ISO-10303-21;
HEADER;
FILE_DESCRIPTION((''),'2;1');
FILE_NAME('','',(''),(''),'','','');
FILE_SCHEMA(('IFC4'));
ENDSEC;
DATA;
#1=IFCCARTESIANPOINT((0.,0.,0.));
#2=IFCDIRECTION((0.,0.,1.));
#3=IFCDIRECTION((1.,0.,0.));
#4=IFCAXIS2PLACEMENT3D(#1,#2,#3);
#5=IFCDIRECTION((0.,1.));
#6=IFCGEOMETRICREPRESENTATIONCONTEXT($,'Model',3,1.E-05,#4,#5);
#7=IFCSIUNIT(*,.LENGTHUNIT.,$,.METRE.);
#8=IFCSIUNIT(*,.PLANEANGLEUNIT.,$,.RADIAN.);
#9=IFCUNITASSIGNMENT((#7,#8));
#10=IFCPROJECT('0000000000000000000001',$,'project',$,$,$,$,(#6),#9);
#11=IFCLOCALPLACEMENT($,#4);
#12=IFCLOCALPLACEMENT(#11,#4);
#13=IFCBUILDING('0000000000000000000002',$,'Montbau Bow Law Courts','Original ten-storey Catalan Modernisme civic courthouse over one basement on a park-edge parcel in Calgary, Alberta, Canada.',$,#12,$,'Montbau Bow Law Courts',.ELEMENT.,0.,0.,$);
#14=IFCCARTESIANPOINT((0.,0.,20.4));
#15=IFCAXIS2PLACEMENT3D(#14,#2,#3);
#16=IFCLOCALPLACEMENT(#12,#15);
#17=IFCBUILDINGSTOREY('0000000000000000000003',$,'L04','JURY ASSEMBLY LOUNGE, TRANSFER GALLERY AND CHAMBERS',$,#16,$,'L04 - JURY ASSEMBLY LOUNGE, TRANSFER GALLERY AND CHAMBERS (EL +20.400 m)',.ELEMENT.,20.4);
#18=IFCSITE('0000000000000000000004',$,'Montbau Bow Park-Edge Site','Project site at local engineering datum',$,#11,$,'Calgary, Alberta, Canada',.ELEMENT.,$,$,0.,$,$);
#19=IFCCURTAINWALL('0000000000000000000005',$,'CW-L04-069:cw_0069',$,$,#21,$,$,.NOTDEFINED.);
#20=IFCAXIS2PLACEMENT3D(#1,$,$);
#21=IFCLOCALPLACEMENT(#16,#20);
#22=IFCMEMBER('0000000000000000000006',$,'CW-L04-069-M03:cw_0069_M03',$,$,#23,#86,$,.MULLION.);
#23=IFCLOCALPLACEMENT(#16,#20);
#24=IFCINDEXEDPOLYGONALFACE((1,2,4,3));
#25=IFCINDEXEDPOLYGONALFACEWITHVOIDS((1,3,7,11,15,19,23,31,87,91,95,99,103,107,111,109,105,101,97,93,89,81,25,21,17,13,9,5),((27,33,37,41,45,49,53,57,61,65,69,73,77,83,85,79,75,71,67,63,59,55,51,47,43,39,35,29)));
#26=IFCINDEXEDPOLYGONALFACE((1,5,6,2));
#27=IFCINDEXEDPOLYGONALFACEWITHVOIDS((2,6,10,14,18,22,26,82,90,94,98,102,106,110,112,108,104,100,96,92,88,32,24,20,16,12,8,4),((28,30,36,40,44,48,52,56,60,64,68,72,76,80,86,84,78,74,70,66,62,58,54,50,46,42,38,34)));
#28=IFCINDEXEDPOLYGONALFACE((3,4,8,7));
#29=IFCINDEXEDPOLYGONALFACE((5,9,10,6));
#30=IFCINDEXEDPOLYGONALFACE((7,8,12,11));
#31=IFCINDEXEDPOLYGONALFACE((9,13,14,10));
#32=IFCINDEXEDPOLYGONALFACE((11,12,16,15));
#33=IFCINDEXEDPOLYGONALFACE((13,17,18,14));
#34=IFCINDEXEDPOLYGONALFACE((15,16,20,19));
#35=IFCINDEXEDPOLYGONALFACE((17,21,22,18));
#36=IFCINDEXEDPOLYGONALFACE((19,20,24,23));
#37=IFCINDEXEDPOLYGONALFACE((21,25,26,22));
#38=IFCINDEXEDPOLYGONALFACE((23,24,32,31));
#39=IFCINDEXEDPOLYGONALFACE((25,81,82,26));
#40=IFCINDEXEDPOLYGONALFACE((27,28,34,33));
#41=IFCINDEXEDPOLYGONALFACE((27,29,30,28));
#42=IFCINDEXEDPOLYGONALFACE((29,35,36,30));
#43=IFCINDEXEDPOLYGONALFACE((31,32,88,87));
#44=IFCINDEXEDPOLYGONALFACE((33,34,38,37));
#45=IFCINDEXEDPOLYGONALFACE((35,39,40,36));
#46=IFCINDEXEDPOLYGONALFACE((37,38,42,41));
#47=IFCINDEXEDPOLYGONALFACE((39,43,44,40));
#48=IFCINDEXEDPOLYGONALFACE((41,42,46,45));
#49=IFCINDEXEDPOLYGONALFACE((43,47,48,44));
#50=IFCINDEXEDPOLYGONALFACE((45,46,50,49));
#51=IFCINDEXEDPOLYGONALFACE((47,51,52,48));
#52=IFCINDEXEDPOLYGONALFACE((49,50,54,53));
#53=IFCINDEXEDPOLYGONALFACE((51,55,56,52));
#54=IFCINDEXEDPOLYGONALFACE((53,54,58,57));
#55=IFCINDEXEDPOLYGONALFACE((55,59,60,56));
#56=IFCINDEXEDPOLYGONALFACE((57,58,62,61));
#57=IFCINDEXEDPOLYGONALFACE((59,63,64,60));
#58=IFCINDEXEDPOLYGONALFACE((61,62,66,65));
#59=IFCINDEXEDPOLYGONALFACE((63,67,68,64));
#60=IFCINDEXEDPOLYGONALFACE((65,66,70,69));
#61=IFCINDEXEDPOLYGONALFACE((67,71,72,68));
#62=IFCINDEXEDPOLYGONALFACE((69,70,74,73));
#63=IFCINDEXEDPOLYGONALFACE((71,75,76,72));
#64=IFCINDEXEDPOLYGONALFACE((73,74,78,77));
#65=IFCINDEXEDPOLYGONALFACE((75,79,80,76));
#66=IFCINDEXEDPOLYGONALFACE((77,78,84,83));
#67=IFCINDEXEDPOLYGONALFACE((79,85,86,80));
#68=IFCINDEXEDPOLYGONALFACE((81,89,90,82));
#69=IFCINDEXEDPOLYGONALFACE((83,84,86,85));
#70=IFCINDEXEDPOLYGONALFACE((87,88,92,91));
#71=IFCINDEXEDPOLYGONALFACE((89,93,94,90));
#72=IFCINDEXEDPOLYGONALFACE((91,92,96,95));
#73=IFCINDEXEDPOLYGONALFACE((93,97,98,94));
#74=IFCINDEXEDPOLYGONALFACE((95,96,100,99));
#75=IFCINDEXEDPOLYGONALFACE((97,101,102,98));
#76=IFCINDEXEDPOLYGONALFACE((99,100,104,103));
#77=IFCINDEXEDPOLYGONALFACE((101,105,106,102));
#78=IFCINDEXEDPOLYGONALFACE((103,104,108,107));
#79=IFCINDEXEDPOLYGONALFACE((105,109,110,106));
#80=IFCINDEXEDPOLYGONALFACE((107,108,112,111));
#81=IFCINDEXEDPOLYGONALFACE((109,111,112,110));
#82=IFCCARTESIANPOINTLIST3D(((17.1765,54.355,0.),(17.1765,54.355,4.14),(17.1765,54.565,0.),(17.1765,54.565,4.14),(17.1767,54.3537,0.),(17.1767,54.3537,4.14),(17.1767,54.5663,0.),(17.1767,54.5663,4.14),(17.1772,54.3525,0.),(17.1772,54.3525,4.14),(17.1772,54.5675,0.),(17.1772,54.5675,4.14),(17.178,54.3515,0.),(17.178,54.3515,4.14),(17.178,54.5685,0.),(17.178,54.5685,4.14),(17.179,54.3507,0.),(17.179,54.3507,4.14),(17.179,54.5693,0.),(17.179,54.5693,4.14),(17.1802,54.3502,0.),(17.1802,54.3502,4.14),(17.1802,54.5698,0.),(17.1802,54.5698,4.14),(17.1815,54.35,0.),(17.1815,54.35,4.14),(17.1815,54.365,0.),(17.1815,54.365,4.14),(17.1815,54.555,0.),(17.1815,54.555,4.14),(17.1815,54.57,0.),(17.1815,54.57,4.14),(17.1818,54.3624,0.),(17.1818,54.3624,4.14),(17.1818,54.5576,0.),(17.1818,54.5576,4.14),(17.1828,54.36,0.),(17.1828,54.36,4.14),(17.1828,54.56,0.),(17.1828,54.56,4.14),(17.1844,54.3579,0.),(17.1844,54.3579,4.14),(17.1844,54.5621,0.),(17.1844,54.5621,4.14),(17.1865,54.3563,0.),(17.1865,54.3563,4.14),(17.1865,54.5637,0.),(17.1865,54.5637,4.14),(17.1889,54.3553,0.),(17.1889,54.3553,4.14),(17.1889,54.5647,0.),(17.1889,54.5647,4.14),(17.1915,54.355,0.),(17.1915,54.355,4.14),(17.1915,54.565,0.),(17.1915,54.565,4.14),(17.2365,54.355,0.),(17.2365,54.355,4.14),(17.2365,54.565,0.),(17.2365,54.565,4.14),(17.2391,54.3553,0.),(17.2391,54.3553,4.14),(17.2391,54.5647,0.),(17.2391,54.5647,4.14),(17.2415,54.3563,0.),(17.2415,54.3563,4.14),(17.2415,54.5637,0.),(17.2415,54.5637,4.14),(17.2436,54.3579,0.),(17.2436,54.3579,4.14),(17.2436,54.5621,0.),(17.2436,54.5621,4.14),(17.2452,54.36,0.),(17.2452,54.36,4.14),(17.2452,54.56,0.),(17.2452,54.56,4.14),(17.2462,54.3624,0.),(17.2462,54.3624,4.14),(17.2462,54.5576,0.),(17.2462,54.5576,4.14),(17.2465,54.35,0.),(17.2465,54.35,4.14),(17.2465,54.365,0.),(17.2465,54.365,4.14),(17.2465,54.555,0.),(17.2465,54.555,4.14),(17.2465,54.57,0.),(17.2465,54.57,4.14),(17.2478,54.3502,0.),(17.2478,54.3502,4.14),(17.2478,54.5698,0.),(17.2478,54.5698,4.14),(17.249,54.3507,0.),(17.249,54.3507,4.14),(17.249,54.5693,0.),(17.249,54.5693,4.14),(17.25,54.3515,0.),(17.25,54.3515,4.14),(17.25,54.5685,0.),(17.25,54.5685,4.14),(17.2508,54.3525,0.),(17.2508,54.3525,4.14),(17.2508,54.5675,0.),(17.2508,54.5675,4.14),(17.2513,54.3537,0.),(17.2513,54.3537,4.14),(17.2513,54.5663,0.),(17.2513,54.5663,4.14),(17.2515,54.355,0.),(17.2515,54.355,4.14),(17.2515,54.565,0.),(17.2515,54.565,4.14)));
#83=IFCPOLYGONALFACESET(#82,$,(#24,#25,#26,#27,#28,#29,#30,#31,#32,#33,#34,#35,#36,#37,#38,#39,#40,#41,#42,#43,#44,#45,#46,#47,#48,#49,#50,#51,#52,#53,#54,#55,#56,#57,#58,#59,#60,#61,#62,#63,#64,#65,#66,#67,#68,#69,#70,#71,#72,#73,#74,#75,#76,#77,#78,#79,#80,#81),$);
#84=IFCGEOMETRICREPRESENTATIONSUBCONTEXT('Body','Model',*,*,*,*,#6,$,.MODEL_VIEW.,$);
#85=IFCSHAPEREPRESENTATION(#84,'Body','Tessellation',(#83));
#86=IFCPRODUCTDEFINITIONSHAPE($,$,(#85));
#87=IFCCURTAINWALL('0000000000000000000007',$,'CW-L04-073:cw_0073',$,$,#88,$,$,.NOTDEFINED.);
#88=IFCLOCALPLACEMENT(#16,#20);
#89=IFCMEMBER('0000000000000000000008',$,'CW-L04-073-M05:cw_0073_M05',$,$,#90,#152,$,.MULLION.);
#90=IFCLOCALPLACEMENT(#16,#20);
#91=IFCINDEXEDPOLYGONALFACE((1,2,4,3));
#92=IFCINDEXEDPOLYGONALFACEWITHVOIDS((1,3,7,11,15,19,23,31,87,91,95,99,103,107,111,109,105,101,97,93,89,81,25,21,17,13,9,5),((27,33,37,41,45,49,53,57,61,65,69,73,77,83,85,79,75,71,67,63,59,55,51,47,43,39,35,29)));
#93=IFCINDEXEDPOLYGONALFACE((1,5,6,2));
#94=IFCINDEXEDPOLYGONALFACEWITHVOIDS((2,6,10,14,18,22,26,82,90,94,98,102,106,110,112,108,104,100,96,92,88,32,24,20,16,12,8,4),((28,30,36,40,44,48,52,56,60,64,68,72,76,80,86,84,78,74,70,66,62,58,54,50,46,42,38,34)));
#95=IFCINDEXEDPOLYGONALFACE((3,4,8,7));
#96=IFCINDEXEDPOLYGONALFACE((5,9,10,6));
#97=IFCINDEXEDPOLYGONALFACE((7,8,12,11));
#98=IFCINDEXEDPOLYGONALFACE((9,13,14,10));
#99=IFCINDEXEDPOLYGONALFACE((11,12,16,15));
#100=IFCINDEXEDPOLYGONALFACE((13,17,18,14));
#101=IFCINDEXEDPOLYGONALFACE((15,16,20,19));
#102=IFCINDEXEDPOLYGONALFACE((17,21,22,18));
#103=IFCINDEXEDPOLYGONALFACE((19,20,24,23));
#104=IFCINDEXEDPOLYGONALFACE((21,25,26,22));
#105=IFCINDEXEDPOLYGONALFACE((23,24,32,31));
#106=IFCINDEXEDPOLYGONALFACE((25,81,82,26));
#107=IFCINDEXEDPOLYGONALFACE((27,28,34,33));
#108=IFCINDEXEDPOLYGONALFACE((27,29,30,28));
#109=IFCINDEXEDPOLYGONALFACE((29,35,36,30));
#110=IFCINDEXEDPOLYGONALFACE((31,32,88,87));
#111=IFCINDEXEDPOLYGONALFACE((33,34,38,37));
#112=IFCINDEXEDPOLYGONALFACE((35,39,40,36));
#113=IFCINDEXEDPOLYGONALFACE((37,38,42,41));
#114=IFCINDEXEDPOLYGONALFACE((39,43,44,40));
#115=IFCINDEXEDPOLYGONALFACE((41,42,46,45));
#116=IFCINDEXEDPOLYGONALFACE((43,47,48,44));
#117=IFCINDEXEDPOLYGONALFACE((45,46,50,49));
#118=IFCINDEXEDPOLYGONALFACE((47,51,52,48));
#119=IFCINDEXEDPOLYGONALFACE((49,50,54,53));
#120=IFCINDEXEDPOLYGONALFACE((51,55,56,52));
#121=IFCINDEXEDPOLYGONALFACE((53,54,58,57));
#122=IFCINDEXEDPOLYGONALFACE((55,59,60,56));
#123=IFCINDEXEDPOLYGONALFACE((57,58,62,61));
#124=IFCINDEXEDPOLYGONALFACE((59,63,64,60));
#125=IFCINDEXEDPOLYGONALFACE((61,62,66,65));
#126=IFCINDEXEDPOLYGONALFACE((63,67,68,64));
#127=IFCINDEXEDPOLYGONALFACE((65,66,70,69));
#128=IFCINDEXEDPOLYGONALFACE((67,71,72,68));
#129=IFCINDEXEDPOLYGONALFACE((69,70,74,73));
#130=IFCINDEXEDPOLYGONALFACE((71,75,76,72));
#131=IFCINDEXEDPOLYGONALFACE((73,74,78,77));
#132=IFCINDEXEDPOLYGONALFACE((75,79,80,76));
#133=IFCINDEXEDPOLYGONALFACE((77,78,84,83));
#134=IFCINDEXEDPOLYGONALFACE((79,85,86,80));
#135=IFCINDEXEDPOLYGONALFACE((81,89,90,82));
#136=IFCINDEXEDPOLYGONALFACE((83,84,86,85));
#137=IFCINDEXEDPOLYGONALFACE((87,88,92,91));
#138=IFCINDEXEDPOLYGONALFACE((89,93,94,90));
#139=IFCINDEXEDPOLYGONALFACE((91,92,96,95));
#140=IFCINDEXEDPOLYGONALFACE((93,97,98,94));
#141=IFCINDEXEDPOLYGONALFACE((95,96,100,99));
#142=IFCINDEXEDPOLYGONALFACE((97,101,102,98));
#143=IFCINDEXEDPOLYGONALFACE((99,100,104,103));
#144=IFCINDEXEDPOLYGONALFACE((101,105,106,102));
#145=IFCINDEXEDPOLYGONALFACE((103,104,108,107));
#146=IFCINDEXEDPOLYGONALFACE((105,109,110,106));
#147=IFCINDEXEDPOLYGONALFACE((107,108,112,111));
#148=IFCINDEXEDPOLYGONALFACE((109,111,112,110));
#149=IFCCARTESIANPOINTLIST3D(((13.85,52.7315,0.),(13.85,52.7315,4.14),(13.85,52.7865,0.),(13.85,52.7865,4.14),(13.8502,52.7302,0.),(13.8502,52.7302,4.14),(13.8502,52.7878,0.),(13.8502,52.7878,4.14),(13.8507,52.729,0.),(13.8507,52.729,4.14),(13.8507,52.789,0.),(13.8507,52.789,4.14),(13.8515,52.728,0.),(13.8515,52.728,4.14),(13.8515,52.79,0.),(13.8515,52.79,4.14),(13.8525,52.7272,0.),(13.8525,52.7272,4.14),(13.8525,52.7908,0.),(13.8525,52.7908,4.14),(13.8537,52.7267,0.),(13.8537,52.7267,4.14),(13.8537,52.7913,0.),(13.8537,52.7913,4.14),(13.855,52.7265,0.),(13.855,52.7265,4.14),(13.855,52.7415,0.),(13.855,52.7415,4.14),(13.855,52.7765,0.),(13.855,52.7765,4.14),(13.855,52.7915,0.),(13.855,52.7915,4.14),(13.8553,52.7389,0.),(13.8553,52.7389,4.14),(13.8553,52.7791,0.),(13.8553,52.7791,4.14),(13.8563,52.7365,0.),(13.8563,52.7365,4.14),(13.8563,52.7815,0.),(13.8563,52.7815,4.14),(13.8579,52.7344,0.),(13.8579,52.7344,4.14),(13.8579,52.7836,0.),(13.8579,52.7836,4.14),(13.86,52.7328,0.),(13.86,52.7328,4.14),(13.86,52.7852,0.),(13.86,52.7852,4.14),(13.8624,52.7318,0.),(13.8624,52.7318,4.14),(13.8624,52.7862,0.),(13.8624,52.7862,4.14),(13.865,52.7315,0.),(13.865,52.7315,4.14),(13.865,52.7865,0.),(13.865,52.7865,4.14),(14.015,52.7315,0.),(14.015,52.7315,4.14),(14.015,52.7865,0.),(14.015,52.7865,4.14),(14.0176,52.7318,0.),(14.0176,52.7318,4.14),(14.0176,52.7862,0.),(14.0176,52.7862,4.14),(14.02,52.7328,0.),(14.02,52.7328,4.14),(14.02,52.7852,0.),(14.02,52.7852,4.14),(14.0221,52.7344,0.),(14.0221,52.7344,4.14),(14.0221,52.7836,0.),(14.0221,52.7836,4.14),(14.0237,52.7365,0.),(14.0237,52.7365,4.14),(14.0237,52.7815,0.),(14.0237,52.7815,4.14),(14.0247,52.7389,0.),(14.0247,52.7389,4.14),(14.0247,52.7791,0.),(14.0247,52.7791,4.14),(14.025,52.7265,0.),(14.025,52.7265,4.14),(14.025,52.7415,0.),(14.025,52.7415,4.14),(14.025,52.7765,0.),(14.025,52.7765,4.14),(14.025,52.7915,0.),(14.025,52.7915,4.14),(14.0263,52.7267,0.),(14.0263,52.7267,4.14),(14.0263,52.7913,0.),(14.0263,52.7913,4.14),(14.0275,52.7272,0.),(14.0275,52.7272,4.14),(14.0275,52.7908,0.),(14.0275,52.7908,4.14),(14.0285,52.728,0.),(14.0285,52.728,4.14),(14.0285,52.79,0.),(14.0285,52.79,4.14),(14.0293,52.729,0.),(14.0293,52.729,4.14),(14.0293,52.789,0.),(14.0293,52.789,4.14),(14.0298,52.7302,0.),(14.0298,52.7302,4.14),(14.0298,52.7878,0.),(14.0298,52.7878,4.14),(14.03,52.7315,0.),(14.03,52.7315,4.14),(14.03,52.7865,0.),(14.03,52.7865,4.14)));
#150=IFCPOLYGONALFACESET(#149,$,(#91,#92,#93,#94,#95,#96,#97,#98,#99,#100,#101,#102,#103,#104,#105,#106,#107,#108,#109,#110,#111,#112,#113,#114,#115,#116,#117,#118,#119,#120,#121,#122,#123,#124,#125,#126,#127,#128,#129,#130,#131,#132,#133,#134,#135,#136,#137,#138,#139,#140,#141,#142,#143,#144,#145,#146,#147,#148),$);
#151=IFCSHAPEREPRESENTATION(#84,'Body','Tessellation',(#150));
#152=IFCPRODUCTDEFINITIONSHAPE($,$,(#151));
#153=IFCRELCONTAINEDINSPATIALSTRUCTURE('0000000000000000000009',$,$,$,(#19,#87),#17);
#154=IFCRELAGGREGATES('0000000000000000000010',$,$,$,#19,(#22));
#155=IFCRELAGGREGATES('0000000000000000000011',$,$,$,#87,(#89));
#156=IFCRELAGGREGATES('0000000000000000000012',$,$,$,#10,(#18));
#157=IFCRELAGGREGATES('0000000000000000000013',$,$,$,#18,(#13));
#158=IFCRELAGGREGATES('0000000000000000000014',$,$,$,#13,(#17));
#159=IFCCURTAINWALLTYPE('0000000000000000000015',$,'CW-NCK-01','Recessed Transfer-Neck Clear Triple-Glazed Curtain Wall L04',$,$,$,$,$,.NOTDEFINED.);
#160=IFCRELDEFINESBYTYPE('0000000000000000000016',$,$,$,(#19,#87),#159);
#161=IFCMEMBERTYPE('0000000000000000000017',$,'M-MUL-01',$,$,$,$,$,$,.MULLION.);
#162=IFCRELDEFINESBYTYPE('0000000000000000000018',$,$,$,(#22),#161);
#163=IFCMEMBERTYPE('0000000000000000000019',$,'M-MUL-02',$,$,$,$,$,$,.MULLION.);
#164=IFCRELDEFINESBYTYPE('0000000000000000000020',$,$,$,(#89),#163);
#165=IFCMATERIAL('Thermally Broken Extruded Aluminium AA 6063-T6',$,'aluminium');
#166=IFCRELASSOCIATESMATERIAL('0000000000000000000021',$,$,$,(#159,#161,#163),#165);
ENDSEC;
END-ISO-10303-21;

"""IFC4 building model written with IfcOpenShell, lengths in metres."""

from ifc_helpers import new_model, si_unit, direction, frame, origin_with_axes, origin_2d_with_axis, place, context, subcontext, project, spatial, hollow_rectangle, extrude, material, material_profile, profile_set, type_object, element, aggregate, save


model = new_model("IFC4")

# Units and contexts
model_context = context("Model", 3, precision=1e-05, world=origin_with_axes(), true_north=direction((0.0, 1.0)))
body_context = subcontext(model_context, "Body", "Model", "MODEL_VIEW")
ifc_project = project(units=[si_unit("LENGTHUNIT", "METRE"), si_unit("PLANEANGLEUNIT", "RADIAN")], contexts=[model_context])

# Site, building, storey
site_placement = place(None, origin_with_axes())
site = spatial("IfcSite", under=ifc_project, at=site_placement, Name="Montbau Bow Park-Edge Site", Description="Project site at local engineering datum", LongName="Calgary, Alberta, Canada", CompositionType="ELEMENT", RefElevation=0.0)
building_placement = place(site_placement, origin_with_axes())
building = spatial("IfcBuilding", under=site, at=building_placement, Name="Montbau Bow Law Courts", Description="Original ten-storey Catalan Modernisme civic courthouse over one basement on a park-edge parcel in Calgary, Alberta, Canada.", LongName="Montbau Bow Law Courts", CompositionType="ELEMENT", ElevationOfRefHeight=0.0, ElevationOfTerrain=0.0)
storey_placement = place(building_placement, frame((0.0, 0.0, 20.4), z_axis=(0.0, 0.0, 1.0), x_axis=(1.0, 0.0, 0.0)))
storey = spatial("IfcBuildingStorey", under=building, at=storey_placement, Name="L04", Description="JURY ASSEMBLY LOUNGE, TRANSFER GALLERY AND CHAMBERS", LongName="L04 - JURY ASSEMBLY LOUNGE, TRANSFER GALLERY AND CHAMBERS (EL +20.400 m)", CompositionType="ELEMENT", Elevation=20.4)

# Curtain walls, members
ifc_material_1 = material(Name="Thermally Broken Extruded Aluminium AA 6063-T6", Category="aluminium")
curtain_wall_type = type_object("IfcCurtainWallType", Name="CW-NCK-01", Description="Recessed Transfer-Neck Clear Triple-Glazed Curtain Wall L04", PredefinedType="NOTDEFINED", material=ifc_material_1)
curtain_wall_1_placement = place(None, frame((14.068, 54.46, 20.4), z_axis=(0.0, 0.0, 1.0), x_axis=(1.0, 0.0, 0.0)))
curtain_wall_1 = element("IfcCurtainWall", 1, at=curtain_wall_1_placement, inside=storey, type_object=curtain_wall_type, Name="CW-L04-069:cw_0069", PredefinedType="NOTDEFINED")
ifc_material_profile_1 = material_profile(ifc_material_1, hollow_rectangle(XDim=0.075, YDim=0.22, WallThickness=0.005, InnerFilletRadius=0.01, OuterFilletRadius=0.005, at=origin_2d_with_axis()), Name="CWM-220X75", Category="Main", Priority=0)
ifc_profile_set_1 = profile_set([ifc_material_profile_1], Name="Thermally Broken Extruded Aluminium AA 6063-T6")
member_type_1 = type_object("IfcMemberType", Name="M-MUL-01", PredefinedType="MULLION", material=ifc_profile_set_1)
member_1_placement = place(None, frame((17.214, 54.46, 20.4), z_axis=(0.0, 0.0, 1.0), x_axis=(1.0, 0.0, 0.0)))
member_1 = element("IfcMember", 2, at=member_1_placement, type_object=member_type_1, Name="CW-L04-069-M03:cw_0069_M03", PredefinedType="MULLION", context=body_context, shape_type="SweptSolid", body=[
    extrude(hollow_rectangle(XDim=0.075, YDim=0.22, WallThickness=0.005, InnerFilletRadius=0.01, OuterFilletRadius=0.005, at=origin_2d_with_axis()), origin_with_axes(), (0.0, 0.0, 1.0), 4.14),
])
curtain_wall_2_placement = place(None, frame((13.94, 46.468, 20.4), z_axis=(0.0, 0.0, 1.0), x_axis=(1.0, 0.0, 0.0)))
curtain_wall_2 = element("IfcCurtainWall", 3, at=curtain_wall_2_placement, inside=storey, type_object=curtain_wall_type, Name="CW-L04-073:cw_0073", PredefinedType="NOTDEFINED")
ifc_material_profile_2 = material_profile(ifc_material_1, hollow_rectangle(XDim=0.065, YDim=0.18, WallThickness=0.005, InnerFilletRadius=0.01, OuterFilletRadius=0.005, at=origin_2d_with_axis()), Name="CWM-180X65", Category="Main", Priority=0)
ifc_profile_set_2 = profile_set([ifc_material_profile_2], Name="Thermally Broken Extruded Aluminium AA 6063-T6")
member_type_2 = type_object("IfcMemberType", Name="M-MUL-02", PredefinedType="MULLION", material=ifc_profile_set_2)
member_2_placement = place(None, frame((13.94, 52.759, 20.4), z_axis=(0.0, 0.0, 1.0), x_axis=(0.0, 1.0, 0.0)))
member_2 = element("IfcMember", 4, at=member_2_placement, type_object=member_type_2, Name="CW-L04-073-M05:cw_0073_M05", PredefinedType="MULLION", context=body_context, shape_type="SweptSolid", body=[
    extrude(hollow_rectangle(XDim=0.065, YDim=0.18, WallThickness=0.005, InnerFilletRadius=0.01, OuterFilletRadius=0.005, at=origin_2d_with_axis()), origin_with_axes(), (0.0, 0.0, 1.0), 4.14),
])

aggregate(curtain_wall_1, [member_1])
aggregate(curtain_wall_2, [member_2])

save(model, "model.ifc")
